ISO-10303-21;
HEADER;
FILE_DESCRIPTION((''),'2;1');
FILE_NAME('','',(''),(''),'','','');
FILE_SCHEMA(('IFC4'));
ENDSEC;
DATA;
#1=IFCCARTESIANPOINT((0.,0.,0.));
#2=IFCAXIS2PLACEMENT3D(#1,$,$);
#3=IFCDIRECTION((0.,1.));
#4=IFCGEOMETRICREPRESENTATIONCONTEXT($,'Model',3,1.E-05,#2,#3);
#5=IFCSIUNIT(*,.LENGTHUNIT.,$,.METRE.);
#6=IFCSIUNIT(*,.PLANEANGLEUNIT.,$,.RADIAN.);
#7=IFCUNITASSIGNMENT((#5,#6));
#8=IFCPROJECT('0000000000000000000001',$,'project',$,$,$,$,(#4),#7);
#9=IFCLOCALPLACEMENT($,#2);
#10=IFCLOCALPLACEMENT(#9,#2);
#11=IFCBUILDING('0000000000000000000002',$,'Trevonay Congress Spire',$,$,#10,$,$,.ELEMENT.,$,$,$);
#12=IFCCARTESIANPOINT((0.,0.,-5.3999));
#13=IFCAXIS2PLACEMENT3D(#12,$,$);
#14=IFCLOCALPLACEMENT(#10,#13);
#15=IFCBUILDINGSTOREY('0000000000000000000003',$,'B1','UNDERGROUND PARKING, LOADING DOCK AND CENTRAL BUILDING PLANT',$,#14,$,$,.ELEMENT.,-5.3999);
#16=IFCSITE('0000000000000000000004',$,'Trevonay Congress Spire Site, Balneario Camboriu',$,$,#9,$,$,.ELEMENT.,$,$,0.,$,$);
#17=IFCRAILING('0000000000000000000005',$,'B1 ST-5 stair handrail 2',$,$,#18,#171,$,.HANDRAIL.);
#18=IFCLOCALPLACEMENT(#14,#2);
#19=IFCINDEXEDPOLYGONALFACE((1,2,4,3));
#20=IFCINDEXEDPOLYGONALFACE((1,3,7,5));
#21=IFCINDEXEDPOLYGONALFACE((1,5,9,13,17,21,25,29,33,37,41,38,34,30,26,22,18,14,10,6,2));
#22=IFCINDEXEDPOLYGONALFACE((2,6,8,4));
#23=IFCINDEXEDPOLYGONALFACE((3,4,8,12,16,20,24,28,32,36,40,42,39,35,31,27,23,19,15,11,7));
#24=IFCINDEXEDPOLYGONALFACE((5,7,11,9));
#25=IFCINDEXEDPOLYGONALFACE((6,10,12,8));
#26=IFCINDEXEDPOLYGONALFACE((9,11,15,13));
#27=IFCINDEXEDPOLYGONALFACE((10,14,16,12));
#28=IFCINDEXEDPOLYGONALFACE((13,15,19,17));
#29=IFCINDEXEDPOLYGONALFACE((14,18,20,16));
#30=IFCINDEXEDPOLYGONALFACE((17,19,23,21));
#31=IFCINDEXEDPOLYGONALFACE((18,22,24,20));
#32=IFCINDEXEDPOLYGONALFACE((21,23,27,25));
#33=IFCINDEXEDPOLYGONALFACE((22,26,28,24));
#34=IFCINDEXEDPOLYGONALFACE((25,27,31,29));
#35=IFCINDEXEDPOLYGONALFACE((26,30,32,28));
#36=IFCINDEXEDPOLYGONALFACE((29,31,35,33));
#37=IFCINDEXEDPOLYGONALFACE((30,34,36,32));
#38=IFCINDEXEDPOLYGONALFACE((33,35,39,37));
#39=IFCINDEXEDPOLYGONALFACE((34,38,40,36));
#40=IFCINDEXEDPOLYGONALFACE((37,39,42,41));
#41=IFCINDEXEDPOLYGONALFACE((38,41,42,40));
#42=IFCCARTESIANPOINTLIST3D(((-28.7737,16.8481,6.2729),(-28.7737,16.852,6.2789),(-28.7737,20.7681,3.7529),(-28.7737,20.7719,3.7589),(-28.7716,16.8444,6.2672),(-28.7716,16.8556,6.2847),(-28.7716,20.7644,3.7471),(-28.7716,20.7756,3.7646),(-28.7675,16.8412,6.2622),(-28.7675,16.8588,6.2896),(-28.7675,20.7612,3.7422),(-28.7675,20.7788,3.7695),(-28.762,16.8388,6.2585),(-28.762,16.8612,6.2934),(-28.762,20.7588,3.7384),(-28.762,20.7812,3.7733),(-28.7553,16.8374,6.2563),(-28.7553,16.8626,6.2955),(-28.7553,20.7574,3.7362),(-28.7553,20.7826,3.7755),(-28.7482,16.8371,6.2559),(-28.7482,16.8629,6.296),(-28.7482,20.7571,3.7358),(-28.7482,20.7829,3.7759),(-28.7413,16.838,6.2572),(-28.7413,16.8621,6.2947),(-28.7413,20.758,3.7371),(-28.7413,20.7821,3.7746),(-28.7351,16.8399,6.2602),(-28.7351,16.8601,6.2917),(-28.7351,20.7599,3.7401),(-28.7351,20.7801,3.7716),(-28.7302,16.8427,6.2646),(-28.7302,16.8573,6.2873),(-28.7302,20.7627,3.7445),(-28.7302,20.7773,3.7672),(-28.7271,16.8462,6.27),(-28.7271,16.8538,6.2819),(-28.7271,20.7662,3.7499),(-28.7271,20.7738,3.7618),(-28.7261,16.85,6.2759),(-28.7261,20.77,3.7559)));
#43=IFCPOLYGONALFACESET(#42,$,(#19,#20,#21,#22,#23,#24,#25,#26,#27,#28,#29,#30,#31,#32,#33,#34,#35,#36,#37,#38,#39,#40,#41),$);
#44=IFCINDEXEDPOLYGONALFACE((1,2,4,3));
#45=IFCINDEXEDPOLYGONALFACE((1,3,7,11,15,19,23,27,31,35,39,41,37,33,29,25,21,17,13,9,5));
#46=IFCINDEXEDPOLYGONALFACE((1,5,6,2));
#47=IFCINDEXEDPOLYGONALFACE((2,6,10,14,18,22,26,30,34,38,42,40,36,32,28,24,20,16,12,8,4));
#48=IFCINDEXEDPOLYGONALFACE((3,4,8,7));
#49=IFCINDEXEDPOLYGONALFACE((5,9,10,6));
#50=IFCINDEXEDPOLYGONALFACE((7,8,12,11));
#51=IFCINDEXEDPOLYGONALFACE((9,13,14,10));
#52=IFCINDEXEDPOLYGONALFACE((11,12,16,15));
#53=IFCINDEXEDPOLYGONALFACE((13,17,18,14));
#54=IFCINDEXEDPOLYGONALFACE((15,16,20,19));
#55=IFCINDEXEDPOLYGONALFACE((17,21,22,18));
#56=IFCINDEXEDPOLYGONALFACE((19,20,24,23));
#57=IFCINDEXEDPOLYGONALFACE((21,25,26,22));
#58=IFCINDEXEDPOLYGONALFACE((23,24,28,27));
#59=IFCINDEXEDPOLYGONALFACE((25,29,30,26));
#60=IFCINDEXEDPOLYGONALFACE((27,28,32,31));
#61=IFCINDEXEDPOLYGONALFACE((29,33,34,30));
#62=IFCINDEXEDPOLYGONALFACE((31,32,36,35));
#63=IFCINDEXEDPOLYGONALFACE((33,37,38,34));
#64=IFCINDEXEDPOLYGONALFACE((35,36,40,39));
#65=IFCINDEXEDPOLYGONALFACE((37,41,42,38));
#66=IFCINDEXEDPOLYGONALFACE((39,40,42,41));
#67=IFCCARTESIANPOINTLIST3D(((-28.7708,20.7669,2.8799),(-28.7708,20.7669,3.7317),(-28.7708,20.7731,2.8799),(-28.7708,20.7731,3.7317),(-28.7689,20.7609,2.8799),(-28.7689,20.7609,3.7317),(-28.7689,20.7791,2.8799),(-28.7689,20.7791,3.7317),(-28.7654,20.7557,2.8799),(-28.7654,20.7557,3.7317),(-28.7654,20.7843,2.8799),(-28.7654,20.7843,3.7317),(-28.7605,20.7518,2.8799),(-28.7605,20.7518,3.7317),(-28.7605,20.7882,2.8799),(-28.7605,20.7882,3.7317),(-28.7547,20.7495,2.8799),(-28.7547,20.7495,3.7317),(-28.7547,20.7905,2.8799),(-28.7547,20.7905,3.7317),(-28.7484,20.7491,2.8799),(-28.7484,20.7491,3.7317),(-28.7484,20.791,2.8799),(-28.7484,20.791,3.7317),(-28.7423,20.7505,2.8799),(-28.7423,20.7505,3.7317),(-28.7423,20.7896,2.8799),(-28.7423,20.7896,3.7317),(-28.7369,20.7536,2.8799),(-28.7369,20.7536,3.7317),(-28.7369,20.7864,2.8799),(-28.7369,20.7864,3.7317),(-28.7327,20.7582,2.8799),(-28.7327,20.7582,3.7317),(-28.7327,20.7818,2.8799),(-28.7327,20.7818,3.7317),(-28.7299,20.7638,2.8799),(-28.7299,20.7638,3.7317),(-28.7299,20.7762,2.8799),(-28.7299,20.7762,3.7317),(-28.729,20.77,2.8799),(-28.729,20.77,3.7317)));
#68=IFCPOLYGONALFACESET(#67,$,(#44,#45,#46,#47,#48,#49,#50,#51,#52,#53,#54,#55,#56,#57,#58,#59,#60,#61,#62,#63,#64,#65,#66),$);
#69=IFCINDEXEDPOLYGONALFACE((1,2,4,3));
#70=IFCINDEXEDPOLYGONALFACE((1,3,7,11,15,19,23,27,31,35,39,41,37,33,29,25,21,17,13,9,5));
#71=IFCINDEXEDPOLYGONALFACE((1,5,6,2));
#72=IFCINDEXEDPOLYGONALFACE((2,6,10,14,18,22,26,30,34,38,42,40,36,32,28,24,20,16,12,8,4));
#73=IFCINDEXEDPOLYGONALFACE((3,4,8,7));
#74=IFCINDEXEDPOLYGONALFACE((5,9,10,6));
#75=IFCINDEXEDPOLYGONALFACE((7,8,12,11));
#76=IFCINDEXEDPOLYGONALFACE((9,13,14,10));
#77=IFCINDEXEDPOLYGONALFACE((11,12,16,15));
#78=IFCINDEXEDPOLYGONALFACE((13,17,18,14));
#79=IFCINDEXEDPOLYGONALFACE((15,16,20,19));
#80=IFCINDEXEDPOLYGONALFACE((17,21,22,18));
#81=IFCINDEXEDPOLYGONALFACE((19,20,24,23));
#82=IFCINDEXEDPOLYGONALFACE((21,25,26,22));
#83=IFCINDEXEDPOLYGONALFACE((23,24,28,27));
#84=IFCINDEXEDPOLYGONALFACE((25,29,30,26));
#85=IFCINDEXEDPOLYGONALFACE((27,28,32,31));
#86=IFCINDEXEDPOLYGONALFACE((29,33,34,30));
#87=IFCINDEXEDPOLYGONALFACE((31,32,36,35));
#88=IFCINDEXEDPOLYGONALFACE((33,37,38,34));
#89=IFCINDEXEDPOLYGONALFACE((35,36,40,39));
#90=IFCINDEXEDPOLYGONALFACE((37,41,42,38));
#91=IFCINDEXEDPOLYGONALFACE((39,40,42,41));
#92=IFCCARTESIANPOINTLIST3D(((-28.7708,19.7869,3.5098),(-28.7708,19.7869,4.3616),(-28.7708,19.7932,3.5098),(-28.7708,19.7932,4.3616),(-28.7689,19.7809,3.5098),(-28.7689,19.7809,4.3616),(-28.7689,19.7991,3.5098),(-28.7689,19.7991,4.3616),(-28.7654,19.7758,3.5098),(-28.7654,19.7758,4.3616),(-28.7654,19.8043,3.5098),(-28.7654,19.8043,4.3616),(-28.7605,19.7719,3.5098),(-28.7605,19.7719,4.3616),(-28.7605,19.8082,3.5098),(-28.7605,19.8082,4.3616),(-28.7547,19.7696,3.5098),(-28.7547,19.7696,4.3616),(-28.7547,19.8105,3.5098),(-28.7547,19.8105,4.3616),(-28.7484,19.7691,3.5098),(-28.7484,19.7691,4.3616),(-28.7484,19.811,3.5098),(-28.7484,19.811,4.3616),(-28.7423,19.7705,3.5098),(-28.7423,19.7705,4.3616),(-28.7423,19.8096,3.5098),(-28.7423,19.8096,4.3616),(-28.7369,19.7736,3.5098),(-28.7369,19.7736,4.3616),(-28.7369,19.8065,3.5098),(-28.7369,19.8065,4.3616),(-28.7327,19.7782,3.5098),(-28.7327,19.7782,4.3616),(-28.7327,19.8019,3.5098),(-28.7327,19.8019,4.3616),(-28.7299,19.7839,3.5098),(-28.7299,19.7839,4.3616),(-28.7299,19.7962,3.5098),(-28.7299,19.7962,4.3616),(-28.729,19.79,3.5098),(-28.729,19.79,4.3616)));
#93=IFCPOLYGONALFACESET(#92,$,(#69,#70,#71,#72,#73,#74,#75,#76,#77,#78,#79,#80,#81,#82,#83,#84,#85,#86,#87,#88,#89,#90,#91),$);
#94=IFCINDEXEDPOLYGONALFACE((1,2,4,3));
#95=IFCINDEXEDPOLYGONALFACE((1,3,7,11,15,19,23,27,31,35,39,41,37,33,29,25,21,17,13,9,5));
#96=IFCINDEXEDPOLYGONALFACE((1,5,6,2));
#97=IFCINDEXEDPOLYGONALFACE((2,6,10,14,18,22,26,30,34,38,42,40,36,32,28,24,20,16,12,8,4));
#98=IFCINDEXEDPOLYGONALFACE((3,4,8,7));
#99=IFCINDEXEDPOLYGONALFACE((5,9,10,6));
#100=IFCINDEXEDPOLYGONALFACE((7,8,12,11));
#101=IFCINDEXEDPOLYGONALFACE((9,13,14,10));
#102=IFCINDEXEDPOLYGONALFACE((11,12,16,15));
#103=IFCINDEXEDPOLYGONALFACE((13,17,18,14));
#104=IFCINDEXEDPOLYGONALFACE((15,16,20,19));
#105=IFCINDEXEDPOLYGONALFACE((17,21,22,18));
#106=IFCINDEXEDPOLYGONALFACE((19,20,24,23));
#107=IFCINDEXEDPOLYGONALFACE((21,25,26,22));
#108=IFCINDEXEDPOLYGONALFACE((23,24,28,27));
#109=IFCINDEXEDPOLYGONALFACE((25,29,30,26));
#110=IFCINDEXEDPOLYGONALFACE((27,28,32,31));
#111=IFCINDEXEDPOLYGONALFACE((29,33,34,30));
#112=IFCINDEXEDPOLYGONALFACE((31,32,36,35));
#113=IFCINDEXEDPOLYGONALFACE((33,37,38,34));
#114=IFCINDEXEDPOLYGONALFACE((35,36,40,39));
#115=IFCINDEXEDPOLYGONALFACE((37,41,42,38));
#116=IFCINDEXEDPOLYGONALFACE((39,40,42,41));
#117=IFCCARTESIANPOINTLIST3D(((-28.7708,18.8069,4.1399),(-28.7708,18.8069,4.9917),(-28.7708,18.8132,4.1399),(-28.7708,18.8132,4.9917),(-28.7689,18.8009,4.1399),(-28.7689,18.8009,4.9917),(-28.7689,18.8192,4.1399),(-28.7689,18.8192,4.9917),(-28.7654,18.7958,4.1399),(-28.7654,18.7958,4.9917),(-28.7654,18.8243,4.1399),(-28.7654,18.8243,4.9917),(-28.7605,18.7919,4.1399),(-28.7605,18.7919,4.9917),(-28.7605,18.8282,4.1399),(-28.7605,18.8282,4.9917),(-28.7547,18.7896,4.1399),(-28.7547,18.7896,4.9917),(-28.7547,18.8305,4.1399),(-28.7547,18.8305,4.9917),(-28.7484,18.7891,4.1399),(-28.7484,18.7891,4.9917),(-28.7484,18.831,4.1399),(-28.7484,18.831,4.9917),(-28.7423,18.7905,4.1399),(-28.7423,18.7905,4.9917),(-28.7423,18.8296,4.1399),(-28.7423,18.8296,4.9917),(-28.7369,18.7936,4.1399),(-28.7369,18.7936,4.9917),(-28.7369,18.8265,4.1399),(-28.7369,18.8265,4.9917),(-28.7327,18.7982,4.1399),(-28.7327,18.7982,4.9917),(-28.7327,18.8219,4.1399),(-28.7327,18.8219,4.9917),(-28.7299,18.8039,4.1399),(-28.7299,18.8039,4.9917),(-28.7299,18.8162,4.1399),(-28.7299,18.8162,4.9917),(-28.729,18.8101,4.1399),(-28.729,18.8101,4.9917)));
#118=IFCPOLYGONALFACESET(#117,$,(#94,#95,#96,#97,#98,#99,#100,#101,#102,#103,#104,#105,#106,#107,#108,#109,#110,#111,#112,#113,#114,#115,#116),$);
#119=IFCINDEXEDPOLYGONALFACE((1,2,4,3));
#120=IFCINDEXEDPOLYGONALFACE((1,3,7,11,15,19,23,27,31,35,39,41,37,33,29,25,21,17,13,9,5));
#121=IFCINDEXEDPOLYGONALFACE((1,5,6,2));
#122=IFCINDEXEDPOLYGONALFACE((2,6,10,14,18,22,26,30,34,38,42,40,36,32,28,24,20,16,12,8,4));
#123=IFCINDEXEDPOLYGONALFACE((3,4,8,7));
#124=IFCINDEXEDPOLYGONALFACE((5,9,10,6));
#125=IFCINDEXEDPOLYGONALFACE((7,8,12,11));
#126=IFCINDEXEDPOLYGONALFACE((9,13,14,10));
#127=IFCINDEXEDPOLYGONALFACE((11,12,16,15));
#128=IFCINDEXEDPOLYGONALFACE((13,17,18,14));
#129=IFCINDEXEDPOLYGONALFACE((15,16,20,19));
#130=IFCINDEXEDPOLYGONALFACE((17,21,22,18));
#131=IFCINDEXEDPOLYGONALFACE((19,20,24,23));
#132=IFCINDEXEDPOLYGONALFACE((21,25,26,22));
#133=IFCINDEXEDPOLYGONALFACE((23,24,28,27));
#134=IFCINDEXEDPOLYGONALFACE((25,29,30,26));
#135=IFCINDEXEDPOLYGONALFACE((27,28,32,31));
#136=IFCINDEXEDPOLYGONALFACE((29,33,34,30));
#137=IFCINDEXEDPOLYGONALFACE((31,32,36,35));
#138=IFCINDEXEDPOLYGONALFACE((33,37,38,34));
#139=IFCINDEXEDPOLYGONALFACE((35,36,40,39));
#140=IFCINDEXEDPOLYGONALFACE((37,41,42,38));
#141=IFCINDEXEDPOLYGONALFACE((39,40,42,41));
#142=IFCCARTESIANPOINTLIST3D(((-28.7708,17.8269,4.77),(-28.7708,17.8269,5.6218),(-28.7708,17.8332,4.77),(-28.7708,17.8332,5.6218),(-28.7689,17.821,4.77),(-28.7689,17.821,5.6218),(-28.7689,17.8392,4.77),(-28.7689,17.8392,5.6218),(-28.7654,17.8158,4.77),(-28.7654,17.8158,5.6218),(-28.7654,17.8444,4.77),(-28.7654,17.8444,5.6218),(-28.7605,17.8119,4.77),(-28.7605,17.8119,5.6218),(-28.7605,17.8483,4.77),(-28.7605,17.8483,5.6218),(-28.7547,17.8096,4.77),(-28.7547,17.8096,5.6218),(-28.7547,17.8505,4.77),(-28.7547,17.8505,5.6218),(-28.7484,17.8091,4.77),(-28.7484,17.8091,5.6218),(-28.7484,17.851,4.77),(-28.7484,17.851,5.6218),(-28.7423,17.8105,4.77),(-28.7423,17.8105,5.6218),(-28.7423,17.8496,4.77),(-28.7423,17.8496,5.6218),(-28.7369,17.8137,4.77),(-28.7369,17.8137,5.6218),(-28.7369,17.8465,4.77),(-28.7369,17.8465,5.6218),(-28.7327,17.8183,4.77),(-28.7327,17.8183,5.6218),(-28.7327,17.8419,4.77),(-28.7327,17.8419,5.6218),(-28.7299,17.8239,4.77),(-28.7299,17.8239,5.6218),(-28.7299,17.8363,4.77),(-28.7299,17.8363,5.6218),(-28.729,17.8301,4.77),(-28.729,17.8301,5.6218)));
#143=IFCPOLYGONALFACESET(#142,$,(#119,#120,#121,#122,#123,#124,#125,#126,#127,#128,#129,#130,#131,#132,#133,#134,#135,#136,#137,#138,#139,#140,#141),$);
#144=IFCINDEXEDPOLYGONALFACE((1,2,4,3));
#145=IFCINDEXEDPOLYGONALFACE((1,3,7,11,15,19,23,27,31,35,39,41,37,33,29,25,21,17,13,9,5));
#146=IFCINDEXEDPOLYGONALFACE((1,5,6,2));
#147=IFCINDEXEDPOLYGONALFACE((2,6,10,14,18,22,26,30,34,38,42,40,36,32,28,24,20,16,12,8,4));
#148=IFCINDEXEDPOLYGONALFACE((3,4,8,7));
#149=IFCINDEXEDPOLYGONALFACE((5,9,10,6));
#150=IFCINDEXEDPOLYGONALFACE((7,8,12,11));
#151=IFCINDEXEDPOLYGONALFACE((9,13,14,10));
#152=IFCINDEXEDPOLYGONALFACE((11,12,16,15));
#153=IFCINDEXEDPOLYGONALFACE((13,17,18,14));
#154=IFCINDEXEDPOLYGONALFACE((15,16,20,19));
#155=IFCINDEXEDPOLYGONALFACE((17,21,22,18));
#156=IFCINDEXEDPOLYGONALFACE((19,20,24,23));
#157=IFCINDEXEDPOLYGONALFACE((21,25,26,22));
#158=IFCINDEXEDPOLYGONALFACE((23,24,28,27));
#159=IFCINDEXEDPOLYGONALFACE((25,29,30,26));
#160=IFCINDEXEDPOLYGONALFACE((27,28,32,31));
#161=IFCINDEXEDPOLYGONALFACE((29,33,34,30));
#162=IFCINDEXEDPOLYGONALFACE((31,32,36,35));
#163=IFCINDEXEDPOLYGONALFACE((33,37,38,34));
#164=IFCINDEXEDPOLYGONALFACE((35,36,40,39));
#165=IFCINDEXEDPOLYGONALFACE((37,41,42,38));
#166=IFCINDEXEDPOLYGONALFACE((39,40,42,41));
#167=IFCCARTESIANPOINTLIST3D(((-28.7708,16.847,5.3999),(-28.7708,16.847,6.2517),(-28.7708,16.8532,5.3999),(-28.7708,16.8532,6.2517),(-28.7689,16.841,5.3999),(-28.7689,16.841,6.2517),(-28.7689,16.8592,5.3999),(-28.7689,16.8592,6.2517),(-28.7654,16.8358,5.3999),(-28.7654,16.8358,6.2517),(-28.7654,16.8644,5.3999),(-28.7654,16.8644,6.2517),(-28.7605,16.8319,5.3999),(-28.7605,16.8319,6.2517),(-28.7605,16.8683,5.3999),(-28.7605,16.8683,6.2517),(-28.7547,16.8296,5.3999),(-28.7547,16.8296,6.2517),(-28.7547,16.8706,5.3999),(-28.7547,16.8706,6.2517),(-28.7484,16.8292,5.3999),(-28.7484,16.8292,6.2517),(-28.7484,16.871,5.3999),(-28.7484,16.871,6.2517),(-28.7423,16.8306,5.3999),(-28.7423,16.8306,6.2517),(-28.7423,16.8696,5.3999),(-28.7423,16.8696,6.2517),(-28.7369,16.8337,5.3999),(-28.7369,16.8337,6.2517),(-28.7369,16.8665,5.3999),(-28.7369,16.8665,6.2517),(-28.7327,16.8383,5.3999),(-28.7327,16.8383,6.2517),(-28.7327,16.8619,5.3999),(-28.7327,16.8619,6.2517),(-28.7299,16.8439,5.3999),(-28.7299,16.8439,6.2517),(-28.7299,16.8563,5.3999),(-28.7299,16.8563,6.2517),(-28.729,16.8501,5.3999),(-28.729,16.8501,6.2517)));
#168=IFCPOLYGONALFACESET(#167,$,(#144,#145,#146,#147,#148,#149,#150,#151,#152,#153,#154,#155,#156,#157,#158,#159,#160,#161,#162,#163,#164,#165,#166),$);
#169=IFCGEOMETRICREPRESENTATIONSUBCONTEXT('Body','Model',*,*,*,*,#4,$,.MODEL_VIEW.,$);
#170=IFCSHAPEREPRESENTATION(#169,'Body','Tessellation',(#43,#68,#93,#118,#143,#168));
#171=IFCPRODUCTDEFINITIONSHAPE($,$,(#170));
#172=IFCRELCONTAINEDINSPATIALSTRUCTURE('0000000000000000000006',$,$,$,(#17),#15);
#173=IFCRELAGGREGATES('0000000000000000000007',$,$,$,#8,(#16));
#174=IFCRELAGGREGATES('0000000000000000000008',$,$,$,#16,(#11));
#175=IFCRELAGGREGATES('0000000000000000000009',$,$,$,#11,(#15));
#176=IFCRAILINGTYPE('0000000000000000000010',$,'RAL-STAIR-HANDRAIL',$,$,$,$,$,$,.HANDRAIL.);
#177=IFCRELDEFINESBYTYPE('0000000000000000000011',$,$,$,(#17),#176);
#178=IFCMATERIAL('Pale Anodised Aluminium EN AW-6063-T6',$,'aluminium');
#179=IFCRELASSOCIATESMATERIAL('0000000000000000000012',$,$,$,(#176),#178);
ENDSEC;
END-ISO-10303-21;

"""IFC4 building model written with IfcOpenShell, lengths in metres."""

from ifc_helpers import new_model, si_unit, direction, frame, origin, origin_2d, place, context, subcontext, project, spatial, circle, extrude, material, type_object, element, save


model = new_model("IFC4")

# Units and contexts
model_context = context("Model", 3, precision=1e-05, world=origin(), true_north=direction((0.0, 1.0)))
body_context = subcontext(model_context, "Body", "Model", "MODEL_VIEW")
ifc_project = project(units=[si_unit("LENGTHUNIT", "METRE"), si_unit("PLANEANGLEUNIT", "RADIAN")], contexts=[model_context])

# Site, building, storey
site_placement = place(None, origin())
site = spatial("IfcSite", under=ifc_project, at=site_placement, Name="Trevonay Congress Spire Site, Balneario Camboriu", CompositionType="ELEMENT", RefElevation=0.0)
building_placement = place(site_placement, origin())
building = spatial("IfcBuilding", under=site, at=building_placement, Name="Trevonay Congress Spire", CompositionType="ELEMENT")
storey_placement = place(building_placement, frame((0.0, 0.0, -5.3999)))
storey = spatial("IfcBuildingStorey", under=building, at=storey_placement, Name="B1", Description="UNDERGROUND PARKING, LOADING DOCK AND CENTRAL BUILDING PLANT", CompositionType="ELEMENT", Elevation=-5.3999)

# Railing
ifc_material_1 = material(Name="Pale Anodised Aluminium EN AW-6063-T6", Category="aluminium")
railing_type_1 = type_object("IfcRailingType", Name="RAL-STAIR-HANDRAIL", PredefinedType="HANDRAIL", material=ifc_material_1)
railing_1_placement = place(storey_placement, frame((-28.75, 20.77, 2.8799)))
element("IfcRailing", 1, at=railing_1_placement, inside=storey, type_object=railing_type_1, Name="B1 ST-5 stair handrail 2", PredefinedType="HANDRAIL", context=body_context, shape_type="SweptSolid", body=[
    extrude(circle(Radius=0.0239, at=origin_2d()), frame((0.0, 0.0, 0.876), z_axis=(0.0, -0.841172, 0.540768), x_axis=(1.0, 0.0, 0.0)), (0.0, 0.0, 1.0), 4.6602),
    extrude(circle(Radius=0.021, at=origin_2d()), origin(), (0.0, 0.0, 1.0), 0.8518),
    extrude(circle(Radius=0.021, at=origin_2d()), frame((0.0, -0.98, 0.6299)), (0.0, 0.0, 1.0), 0.8518),
    extrude(circle(Radius=0.021, at=origin_2d()), frame((0.0, -1.96, 1.26)), (0.0, 0.0, 1.0), 0.8518),
    extrude(circle(Radius=0.021, at=origin_2d()), frame((0.0, -2.9399, 1.8901)), (0.0, 0.0, 1.0), 0.8518),
    extrude(circle(Radius=0.021, at=origin_2d()), frame((0.0, -3.9199, 2.52)), (0.0, 0.0, 1.0), 0.8518),
])

save(model, "model.ifc")
